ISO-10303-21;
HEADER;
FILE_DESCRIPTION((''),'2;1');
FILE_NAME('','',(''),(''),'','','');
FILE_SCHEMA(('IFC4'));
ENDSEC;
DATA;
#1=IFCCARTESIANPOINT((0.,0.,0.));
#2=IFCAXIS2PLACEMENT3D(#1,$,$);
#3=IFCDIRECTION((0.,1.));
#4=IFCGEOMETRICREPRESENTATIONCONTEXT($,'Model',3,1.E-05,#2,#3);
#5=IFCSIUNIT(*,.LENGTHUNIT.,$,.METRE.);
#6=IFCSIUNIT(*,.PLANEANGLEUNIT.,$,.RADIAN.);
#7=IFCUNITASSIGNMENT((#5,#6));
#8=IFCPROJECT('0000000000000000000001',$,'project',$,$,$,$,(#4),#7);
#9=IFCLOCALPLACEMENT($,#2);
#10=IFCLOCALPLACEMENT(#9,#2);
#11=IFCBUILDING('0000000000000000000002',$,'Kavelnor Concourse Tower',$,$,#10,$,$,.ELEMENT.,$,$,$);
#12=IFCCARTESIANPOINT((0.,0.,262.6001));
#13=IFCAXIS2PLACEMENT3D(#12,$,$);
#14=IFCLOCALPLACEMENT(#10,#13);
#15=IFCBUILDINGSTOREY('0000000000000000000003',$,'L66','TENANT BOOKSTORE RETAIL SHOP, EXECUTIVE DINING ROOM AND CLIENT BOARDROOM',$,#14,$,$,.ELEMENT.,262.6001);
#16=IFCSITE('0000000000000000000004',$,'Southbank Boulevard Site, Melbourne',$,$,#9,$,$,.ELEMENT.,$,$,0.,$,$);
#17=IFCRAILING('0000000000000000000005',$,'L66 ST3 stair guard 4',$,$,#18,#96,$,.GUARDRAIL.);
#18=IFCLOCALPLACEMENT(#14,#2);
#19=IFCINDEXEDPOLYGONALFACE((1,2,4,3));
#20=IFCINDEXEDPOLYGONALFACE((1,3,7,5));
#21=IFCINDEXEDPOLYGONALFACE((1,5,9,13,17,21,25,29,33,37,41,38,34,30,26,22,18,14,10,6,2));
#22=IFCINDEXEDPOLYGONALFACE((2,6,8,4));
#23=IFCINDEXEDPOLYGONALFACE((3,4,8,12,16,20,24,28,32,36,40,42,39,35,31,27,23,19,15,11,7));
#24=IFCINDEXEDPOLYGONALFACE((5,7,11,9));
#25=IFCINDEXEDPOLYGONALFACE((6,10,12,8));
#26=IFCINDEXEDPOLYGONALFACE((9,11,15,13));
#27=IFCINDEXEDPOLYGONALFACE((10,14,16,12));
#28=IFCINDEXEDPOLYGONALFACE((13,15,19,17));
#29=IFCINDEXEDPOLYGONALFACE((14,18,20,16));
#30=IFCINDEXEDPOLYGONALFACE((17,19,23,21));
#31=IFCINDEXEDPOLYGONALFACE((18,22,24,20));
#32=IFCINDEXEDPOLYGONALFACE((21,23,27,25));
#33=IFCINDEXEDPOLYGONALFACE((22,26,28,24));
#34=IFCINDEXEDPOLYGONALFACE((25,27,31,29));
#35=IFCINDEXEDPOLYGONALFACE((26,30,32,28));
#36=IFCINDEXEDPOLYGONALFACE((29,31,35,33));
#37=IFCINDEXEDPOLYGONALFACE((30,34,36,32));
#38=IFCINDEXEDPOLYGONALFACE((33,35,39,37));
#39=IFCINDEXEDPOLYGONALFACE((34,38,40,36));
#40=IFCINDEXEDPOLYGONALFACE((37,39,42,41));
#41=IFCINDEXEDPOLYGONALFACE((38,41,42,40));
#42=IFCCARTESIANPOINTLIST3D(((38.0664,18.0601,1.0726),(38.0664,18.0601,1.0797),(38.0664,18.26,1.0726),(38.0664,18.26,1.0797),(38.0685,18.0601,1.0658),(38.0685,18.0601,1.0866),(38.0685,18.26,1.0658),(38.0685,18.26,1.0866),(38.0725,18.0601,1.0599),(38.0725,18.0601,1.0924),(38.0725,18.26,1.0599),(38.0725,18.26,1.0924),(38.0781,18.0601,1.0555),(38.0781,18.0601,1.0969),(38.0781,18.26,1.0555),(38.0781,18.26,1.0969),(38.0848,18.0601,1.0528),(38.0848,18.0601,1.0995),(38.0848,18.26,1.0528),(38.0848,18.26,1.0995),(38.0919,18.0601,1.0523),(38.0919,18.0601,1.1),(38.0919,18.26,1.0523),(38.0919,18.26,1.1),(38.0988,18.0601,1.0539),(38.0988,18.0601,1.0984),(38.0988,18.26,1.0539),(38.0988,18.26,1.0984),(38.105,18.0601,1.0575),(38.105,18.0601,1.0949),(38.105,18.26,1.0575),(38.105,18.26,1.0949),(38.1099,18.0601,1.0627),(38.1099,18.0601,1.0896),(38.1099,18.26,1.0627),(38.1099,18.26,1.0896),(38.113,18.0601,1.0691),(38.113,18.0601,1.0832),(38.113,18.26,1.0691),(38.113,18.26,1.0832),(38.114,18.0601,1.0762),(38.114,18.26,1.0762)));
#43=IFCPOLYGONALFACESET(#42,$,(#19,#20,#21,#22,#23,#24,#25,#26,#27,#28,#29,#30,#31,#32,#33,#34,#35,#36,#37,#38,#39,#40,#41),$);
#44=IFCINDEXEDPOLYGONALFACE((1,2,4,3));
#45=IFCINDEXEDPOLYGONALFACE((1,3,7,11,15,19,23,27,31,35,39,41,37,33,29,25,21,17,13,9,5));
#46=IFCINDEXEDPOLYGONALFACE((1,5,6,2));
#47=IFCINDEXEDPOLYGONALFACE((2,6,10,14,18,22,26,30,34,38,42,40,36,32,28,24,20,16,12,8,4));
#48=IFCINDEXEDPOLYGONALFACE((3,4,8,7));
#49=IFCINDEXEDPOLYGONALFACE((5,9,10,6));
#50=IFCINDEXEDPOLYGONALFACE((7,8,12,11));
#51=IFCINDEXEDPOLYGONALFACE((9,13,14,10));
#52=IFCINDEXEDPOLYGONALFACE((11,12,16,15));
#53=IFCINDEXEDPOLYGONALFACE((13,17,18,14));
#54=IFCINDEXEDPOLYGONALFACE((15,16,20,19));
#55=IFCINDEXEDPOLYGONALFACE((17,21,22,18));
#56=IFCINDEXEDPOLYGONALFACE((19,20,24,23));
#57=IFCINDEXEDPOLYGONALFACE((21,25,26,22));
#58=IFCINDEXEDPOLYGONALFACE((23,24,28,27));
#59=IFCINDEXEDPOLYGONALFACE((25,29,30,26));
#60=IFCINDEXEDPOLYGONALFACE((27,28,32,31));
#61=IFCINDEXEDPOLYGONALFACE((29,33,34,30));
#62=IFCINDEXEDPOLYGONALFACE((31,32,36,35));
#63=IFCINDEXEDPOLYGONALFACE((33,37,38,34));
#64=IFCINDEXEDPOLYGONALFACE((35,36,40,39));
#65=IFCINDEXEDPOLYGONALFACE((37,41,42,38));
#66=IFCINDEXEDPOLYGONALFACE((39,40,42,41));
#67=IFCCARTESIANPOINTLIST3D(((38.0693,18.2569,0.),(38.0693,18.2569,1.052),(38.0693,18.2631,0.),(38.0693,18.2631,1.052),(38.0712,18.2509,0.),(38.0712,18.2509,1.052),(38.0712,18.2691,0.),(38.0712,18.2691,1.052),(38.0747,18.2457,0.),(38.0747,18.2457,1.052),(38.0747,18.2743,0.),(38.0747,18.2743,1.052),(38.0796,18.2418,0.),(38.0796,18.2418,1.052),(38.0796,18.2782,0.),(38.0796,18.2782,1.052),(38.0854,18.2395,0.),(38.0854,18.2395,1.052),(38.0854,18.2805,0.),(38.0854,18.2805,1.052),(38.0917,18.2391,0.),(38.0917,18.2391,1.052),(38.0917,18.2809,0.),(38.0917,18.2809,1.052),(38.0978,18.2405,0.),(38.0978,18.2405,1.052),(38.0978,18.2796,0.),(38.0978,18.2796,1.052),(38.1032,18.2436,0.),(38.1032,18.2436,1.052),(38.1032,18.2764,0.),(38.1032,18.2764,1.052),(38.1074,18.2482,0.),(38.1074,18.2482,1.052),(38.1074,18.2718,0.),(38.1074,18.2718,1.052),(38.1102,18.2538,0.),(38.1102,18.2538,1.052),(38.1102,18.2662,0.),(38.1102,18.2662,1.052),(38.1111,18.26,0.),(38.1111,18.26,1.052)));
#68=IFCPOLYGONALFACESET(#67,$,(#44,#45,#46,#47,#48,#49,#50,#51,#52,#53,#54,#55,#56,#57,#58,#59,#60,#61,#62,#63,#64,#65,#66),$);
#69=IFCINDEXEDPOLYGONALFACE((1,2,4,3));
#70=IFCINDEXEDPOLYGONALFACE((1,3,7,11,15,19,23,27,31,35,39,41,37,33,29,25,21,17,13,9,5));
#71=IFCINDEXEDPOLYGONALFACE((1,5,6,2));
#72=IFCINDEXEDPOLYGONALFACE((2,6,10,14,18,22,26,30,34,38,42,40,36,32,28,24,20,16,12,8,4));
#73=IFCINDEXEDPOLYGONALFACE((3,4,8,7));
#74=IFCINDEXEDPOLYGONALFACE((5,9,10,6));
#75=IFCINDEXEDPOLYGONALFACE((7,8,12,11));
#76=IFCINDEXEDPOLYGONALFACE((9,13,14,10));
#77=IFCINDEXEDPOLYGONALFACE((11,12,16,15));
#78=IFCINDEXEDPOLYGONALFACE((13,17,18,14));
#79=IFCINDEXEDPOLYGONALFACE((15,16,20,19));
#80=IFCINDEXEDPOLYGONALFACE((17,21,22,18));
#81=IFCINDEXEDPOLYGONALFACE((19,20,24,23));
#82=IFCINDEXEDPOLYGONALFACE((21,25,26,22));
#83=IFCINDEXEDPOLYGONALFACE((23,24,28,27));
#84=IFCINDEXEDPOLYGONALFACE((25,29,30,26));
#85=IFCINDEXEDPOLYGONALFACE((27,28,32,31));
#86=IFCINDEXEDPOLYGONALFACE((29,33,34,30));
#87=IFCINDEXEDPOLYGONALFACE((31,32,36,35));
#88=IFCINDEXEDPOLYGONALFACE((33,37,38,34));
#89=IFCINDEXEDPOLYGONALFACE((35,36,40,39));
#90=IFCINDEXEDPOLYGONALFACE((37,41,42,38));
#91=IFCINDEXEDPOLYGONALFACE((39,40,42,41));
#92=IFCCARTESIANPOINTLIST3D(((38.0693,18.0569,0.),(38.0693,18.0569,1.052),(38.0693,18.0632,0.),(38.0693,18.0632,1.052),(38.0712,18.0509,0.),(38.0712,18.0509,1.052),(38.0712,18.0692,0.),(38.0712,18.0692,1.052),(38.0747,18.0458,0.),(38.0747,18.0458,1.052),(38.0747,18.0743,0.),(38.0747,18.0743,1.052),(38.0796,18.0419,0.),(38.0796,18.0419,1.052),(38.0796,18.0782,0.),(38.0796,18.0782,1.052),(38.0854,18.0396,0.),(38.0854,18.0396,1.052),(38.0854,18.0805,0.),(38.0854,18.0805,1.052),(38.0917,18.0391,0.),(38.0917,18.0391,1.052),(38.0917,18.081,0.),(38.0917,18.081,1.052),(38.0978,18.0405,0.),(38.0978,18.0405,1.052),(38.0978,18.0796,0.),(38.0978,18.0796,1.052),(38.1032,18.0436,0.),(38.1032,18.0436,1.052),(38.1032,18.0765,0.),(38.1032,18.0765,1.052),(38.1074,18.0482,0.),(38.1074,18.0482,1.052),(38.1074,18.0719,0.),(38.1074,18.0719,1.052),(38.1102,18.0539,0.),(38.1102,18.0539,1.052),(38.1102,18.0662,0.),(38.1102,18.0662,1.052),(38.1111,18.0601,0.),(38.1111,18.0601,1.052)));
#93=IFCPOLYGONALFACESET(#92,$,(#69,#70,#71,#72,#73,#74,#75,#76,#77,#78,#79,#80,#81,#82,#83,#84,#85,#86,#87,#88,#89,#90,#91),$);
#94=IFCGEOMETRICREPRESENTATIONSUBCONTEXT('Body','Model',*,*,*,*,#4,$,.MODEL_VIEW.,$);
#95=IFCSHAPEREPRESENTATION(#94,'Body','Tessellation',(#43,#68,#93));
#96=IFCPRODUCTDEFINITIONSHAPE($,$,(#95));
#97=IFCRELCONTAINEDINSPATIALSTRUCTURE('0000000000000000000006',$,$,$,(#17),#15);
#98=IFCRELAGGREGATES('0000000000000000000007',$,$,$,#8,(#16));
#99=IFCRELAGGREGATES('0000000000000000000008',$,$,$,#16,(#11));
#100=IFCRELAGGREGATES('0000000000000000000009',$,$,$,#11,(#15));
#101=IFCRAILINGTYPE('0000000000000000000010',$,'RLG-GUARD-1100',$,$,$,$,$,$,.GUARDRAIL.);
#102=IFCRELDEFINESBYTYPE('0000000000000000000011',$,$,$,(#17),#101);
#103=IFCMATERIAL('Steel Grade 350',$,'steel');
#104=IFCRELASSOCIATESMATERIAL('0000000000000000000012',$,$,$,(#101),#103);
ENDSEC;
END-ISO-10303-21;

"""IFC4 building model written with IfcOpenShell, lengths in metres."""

from ifc_helpers import new_model, si_unit, direction, frame, origin, origin_2d, place, context, subcontext, project, spatial, circle, extrude, material, type_object, element, save


model = new_model("IFC4")

# Units and contexts
model_context = context("Model", 3, precision=1e-05, world=origin(), true_north=direction((0.0, 1.0)))
body_context = subcontext(model_context, "Body", "Model", "MODEL_VIEW")
ifc_project = project(units=[si_unit("LENGTHUNIT", "METRE"), si_unit("PLANEANGLEUNIT", "RADIAN")], contexts=[model_context])

# Site, building, storey
site_placement = place(None, origin())
site = spatial("IfcSite", under=ifc_project, at=site_placement, Name="Southbank Boulevard Site, Melbourne", CompositionType="ELEMENT", RefElevation=0.0)
building_placement = place(site_placement, origin())
building = spatial("IfcBuilding", under=site, at=building_placement, Name="Kavelnor Concourse Tower", CompositionType="ELEMENT")
storey_placement = place(building_placement, frame((0.0, 0.0, 262.6001)))
storey = spatial("IfcBuildingStorey", under=building, at=storey_placement, Name="L66", Description="TENANT BOOKSTORE RETAIL SHOP, EXECUTIVE DINING ROOM AND CLIENT BOARDROOM", CompositionType="ELEMENT", Elevation=262.6001)

# Shared definitions
ifc_material_1 = material(Name="Steel Grade 350", Category="steel")

# Railing
railing_type_1 = type_object("IfcRailingType", Name="RLG-GUARD-1100", PredefinedType="GUARDRAIL", material=ifc_material_1)
railing_1_placement = place(storey_placement, frame((38.0901, 18.26, 0.0)))
element("IfcRailing", 1, at=railing_1_placement, inside=storey, type_object=railing_type_1, Name="L66 ST3 stair guard 4", PredefinedType="GUARDRAIL", context=body_context, shape_type="SweptSolid", body=[
    extrude(circle(Radius=0.0239, at=origin_2d()), frame((0.0, 0.0, 1.0762), z_axis=(0.0, -1.0, 0.0), x_axis=(1.0, 0.0, 0.0)), (0.0, 0.0, 1.0), 0.2),
    extrude(circle(Radius=0.021, at=origin_2d()), origin(), (0.0, 0.0, 1.0), 1.052),
    extrude(circle(Radius=0.021, at=origin_2d()), frame((0.0, -0.2, 0.0)), (0.0, 0.0, 1.0), 1.052),
])

save(model, "model.ifc")
